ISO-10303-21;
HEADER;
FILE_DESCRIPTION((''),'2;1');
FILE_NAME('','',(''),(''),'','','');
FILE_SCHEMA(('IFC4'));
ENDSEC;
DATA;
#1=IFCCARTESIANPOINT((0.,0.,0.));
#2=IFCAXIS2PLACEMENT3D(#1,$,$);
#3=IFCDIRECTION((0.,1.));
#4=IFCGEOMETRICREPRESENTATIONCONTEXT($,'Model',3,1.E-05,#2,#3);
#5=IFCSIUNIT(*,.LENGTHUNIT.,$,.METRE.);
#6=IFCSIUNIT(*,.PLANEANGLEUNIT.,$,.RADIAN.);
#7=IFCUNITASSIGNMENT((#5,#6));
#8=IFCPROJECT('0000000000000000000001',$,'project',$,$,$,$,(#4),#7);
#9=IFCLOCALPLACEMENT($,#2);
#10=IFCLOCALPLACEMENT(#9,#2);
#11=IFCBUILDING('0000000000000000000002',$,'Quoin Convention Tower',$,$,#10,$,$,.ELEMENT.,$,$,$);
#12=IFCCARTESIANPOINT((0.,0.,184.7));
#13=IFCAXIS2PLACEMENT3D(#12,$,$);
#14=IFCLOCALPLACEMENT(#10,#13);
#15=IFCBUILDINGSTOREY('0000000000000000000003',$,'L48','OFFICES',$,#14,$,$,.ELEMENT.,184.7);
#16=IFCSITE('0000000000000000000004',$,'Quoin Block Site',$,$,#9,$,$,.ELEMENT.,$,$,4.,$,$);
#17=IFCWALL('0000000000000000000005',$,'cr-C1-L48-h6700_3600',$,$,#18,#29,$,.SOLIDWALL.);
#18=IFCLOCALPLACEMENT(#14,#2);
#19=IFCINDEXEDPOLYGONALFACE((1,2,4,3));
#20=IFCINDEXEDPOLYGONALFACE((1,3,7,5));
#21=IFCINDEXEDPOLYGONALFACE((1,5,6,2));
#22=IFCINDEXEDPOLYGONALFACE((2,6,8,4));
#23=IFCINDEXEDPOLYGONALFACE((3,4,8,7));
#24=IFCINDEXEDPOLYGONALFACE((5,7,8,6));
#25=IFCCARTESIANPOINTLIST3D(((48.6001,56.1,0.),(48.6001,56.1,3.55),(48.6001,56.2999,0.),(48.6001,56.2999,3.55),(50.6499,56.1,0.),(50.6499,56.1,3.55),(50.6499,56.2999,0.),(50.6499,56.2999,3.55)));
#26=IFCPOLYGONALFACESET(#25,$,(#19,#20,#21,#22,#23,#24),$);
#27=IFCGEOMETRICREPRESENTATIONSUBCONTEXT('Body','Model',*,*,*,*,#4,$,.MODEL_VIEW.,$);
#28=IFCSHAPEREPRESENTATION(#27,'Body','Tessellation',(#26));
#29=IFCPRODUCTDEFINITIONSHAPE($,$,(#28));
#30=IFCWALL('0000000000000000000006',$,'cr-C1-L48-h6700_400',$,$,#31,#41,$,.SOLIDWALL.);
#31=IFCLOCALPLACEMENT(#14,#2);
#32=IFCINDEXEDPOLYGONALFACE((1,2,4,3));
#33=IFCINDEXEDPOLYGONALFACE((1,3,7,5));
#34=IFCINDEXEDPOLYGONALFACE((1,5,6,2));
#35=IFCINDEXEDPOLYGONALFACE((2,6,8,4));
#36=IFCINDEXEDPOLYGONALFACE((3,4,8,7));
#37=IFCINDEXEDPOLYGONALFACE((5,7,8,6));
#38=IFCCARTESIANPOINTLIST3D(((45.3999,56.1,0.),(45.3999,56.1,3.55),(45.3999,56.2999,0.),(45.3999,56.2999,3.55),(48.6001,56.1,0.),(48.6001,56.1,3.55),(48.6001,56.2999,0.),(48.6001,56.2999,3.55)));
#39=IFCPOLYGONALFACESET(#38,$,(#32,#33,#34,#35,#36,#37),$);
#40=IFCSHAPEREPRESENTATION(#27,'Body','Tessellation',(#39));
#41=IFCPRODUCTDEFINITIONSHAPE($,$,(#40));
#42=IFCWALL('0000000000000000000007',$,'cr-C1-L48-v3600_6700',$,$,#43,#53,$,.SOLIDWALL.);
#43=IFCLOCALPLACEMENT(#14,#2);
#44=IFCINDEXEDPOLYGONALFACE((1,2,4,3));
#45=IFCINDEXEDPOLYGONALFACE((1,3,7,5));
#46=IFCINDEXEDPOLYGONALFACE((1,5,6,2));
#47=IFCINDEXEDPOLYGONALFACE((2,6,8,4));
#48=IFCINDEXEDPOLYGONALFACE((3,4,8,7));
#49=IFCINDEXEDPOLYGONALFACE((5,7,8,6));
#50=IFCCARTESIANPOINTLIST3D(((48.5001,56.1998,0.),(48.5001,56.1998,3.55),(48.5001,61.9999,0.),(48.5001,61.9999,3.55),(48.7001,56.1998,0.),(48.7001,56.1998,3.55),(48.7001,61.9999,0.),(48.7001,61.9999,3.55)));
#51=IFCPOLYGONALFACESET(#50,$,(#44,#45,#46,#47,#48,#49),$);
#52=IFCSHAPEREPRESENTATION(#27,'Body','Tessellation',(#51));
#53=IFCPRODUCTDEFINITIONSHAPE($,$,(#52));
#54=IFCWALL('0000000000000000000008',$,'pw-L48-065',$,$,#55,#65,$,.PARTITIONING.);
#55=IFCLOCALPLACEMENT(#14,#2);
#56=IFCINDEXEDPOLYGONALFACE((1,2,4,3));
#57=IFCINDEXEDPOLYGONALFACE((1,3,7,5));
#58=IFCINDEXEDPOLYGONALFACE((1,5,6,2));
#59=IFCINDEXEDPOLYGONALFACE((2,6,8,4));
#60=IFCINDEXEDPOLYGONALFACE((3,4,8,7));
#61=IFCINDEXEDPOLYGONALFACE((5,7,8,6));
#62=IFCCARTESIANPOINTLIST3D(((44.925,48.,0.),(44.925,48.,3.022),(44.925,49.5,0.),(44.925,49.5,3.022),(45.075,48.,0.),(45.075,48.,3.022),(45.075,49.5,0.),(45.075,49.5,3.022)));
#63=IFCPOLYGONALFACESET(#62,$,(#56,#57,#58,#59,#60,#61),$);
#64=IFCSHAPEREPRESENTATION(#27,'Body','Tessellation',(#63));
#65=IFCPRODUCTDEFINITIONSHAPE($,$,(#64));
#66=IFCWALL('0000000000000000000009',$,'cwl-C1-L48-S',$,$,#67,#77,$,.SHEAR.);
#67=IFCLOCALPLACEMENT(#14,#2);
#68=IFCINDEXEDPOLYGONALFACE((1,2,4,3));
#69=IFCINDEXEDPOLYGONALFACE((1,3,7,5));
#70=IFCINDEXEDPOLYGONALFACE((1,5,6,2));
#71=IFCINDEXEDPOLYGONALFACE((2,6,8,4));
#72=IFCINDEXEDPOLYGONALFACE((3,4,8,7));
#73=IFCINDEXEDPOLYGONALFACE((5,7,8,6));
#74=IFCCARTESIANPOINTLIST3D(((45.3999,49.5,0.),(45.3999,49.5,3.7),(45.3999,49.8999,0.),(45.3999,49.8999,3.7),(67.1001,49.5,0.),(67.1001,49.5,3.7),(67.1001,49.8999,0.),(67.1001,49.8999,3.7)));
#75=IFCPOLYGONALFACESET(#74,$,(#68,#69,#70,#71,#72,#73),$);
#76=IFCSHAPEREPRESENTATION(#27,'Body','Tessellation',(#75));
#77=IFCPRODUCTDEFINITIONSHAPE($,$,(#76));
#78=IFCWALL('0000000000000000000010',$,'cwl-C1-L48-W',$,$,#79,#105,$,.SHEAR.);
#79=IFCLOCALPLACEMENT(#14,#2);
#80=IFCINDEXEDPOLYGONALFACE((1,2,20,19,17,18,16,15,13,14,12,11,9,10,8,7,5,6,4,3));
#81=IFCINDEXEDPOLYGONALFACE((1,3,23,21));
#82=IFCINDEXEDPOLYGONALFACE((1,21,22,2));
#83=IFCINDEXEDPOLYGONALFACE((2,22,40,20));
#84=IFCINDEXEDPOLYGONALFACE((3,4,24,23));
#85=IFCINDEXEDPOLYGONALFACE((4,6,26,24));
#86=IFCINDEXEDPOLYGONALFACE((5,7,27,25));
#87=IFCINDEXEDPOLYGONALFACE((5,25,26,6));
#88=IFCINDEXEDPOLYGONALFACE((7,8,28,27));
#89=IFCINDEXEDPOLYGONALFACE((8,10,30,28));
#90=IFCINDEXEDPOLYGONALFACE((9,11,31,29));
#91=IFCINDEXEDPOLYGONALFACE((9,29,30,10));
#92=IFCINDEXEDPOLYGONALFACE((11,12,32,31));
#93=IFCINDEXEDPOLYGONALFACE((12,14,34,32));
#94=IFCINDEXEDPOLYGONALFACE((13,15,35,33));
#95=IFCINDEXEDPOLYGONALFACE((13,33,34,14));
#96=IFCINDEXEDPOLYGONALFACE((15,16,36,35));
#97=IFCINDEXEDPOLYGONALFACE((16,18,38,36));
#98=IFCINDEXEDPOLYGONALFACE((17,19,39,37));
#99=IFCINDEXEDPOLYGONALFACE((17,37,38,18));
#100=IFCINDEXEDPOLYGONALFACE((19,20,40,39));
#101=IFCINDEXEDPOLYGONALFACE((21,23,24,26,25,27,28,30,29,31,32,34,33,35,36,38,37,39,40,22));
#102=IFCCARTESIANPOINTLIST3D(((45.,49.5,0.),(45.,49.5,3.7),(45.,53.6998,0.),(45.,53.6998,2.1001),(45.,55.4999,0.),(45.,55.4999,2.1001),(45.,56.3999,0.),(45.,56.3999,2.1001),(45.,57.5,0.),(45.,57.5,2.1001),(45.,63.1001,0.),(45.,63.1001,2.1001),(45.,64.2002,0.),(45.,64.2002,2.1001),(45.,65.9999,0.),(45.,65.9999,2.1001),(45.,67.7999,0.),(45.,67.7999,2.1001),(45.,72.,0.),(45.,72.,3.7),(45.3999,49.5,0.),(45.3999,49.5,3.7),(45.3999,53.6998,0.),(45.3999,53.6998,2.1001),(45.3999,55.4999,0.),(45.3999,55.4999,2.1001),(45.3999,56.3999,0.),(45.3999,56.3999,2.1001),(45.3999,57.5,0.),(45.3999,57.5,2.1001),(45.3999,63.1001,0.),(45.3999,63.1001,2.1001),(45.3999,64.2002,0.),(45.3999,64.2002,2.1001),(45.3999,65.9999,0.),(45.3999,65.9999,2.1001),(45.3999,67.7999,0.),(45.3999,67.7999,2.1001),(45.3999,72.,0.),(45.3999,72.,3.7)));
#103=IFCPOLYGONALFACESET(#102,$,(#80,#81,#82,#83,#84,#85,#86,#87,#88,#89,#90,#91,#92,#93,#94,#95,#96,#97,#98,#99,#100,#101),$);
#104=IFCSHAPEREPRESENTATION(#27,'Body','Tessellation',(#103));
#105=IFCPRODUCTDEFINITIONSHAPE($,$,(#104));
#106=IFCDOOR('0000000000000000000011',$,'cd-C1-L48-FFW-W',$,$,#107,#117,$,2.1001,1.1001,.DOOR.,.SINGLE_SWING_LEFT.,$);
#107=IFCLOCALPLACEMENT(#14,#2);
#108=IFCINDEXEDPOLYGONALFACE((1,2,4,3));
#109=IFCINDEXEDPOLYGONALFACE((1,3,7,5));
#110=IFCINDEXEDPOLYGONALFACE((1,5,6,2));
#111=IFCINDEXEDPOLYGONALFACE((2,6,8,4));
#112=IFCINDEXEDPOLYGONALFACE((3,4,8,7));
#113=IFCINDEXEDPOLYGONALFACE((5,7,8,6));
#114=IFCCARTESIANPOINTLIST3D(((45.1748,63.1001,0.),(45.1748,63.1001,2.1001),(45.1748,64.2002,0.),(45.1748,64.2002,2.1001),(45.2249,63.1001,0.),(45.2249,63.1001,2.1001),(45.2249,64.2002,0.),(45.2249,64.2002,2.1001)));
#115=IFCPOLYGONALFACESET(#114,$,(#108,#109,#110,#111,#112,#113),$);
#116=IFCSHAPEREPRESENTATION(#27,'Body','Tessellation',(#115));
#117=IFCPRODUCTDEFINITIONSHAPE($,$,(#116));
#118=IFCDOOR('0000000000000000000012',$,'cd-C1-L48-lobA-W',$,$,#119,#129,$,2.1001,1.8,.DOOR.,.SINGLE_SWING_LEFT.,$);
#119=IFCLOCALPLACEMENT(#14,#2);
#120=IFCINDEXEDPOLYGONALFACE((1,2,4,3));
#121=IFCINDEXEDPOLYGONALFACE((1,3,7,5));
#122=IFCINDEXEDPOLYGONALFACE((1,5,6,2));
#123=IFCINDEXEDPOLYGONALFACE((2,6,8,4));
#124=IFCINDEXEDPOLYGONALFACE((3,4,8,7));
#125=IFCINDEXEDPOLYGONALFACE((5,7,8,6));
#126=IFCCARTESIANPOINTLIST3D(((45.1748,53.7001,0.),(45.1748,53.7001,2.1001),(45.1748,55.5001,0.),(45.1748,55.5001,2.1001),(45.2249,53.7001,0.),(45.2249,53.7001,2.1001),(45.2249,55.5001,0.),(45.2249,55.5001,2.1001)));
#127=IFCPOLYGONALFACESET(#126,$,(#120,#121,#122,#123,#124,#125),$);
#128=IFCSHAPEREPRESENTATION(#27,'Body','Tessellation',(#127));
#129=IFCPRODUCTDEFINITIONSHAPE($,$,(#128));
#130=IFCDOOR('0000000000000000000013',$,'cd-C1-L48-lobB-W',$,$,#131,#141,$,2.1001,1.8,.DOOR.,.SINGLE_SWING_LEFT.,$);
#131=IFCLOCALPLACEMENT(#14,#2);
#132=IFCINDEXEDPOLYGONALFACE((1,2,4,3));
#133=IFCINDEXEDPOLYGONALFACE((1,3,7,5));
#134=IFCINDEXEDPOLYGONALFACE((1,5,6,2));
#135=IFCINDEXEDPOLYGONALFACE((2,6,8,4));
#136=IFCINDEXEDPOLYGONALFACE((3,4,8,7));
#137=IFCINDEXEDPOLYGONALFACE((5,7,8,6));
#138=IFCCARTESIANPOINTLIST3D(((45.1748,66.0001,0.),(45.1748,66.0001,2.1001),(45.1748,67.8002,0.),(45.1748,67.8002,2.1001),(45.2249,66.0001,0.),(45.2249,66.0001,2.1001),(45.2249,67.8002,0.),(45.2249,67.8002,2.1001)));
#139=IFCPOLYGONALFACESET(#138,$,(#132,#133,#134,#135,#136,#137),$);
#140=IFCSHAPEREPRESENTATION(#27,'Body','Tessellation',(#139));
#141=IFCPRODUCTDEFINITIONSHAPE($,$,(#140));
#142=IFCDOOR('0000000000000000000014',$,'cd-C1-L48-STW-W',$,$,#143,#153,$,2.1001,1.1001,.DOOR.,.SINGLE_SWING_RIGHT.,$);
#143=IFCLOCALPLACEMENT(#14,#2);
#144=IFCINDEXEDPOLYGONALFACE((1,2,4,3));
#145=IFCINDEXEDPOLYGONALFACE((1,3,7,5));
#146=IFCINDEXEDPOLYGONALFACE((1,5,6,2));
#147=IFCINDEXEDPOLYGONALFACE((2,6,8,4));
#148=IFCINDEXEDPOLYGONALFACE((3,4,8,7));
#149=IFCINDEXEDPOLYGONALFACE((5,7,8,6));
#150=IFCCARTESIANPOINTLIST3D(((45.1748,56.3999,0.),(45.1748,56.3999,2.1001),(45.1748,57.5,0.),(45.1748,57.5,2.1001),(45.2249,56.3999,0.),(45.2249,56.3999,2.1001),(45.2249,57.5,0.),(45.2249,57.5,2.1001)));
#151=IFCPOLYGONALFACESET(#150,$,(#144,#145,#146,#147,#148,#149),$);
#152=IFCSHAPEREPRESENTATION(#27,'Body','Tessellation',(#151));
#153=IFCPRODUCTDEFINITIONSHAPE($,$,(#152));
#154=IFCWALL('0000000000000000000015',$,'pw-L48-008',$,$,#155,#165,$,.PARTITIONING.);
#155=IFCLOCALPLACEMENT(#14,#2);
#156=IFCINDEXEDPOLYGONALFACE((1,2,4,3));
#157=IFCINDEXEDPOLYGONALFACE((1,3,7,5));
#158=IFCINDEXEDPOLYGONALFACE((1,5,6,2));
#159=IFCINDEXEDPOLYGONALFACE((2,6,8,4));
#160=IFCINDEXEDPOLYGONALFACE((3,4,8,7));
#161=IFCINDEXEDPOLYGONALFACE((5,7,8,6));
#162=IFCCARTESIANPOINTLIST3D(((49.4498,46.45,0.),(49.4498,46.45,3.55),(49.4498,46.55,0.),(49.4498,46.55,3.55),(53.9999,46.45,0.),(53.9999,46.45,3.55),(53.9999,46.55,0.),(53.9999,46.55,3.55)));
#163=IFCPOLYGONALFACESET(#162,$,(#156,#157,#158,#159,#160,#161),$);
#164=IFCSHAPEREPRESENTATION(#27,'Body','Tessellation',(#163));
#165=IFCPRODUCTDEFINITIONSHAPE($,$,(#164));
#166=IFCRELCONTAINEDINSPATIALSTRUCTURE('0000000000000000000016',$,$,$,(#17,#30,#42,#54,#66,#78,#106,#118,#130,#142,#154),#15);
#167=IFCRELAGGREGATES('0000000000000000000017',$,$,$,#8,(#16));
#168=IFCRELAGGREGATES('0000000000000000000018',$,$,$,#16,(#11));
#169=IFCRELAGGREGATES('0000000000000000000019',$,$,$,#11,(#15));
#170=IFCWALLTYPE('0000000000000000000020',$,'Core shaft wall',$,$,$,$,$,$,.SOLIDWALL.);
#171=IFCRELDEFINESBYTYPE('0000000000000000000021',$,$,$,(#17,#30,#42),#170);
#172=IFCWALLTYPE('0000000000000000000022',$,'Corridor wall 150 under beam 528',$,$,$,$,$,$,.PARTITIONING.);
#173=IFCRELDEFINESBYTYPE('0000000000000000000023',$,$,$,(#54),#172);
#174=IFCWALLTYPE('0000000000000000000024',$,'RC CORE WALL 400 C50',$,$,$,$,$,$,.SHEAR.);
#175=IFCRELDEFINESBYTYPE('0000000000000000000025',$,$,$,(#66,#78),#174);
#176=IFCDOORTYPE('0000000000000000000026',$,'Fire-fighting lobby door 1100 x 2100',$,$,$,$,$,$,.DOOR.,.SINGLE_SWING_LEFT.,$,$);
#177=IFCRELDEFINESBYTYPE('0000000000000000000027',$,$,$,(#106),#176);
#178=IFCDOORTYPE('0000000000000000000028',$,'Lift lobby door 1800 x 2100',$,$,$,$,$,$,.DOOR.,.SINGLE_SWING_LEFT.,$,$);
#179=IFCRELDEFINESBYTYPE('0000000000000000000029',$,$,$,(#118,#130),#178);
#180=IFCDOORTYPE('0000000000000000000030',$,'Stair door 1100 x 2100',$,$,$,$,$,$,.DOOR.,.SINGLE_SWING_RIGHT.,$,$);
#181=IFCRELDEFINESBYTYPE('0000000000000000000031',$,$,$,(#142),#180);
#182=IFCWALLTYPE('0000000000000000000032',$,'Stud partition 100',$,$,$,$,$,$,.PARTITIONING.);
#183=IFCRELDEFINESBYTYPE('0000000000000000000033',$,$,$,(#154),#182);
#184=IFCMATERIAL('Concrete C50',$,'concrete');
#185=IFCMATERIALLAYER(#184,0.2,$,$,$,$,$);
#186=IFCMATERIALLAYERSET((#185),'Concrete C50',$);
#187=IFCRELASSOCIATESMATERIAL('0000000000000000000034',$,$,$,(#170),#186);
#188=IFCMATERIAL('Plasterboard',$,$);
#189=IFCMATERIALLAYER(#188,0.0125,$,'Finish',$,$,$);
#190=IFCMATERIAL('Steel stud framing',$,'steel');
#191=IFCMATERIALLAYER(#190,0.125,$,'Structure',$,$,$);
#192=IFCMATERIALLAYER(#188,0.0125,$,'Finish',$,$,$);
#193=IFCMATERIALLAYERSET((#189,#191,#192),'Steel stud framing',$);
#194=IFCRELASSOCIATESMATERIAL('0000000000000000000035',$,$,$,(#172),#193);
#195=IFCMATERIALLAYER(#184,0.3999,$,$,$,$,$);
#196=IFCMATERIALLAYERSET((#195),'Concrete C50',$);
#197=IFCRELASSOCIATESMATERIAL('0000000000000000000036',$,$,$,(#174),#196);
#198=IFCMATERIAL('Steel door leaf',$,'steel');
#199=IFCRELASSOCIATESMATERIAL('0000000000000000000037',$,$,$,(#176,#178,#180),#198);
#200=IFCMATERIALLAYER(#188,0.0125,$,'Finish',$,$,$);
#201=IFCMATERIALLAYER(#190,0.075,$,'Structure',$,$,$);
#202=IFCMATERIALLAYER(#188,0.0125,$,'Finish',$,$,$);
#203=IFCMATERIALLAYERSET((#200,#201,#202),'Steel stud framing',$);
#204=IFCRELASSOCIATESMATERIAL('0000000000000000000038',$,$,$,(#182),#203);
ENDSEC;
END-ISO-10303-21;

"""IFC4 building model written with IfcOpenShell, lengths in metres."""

from ifc_helpers import new_model, si_unit, direction, frame, frame_2d, origin, place, context, subcontext, project, spatial, rectangle, extrude, material, layer, layer_set, type_object, element, fill, save


model = new_model("IFC4")

# Units and contexts
model_context = context("Model", 3, precision=1e-05, world=origin(), true_north=direction((0.0, 1.0)))
body_context = subcontext(model_context, "Body", "Model", "MODEL_VIEW")
ifc_project = project(units=[si_unit("LENGTHUNIT", "METRE"), si_unit("PLANEANGLEUNIT", "RADIAN")], contexts=[model_context])

# Site, building, storey
site_placement = place(None, origin())
site = spatial("IfcSite", under=ifc_project, at=site_placement, Name="Quoin Block Site", CompositionType="ELEMENT", RefElevation=4.0)
building_placement = place(site_placement, origin())
building = spatial("IfcBuilding", under=site, at=building_placement, Name="Quoin Convention Tower", CompositionType="ELEMENT")
storey_placement = place(building_placement, frame((0.0, 0.0, 184.7)))
storey = spatial("IfcBuildingStorey", under=building, at=storey_placement, Name="L48", Description="OFFICES", CompositionType="ELEMENT", Elevation=184.7)

# Shared definitions
ifc_material_1 = material(Name="Plasterboard")
ifc_material_2 = material(Name="Steel stud framing", Category="steel")
ifc_material_3 = material(Name="Steel door leaf", Category="steel")

# Walls
ifc_material_4 = material(Name="Concrete C50", Category="concrete")
ifc_layer_1 = layer(ifc_material_4, 0.2)
ifc_layer_set_1 = layer_set([ifc_layer_1], Name="Concrete C50")
wall_type_1 = type_object("IfcWallType", Name="Core shaft wall", PredefinedType="SOLIDWALL", material=ifc_layer_set_1)
wall_1_placement = place(storey_placement, frame((48.6001, 56.2, 0.0), z_axis=(0.0, 0.0, 1.0), x_axis=(1.0, 0.0, 0.0)))
element("IfcWall", 1, at=wall_1_placement, inside=storey, type_object=wall_type_1, Name="cr-C1-L48-h6700_3600", PredefinedType="SOLIDWALL", context=body_context, shape_type="SweptSolid", body=[
    extrude(rectangle(XDim=2.0498, YDim=0.2, at=frame_2d((1.0249, 0.0))), origin(), (0.0, 0.0, 1.0), 3.55),
])
wall_2_placement = place(storey_placement, frame((45.3999, 56.2, 0.0), z_axis=(0.0, 0.0, 1.0), x_axis=(1.0, 0.0, 0.0)))
element("IfcWall", 2, at=wall_2_placement, inside=storey, type_object=wall_type_1, Name="cr-C1-L48-h6700_400", PredefinedType="SOLIDWALL", context=body_context, shape_type="SweptSolid", body=[
    extrude(rectangle(XDim=3.2002, YDim=0.2, at=frame_2d((1.6001, 0.0))), origin(), (0.0, 0.0, 1.0), 3.55),
])
wall_3_placement = place(storey_placement, frame((48.6001, 56.2, 0.0), z_axis=(0.0, 0.0, 1.0), x_axis=(0.0, 1.0, 0.0)))
element("IfcWall", 3, at=wall_3_placement, inside=storey, type_object=wall_type_1, Name="cr-C1-L48-v3600_6700", PredefinedType="SOLIDWALL", context=body_context, shape_type="SweptSolid", body=[
    extrude(rectangle(XDim=5.8, YDim=0.2, at=frame_2d((2.8999, 0.0))), origin(), (0.0, 0.0, 1.0), 3.55),
])
ifc_layer_2 = layer(ifc_material_1, 0.0125, Name="Finish")
ifc_layer_3 = layer(ifc_material_2, 0.125, Name="Structure")
ifc_layer_4 = layer(ifc_material_1, 0.0125, Name="Finish")
ifc_layer_set_2 = layer_set([ifc_layer_2, ifc_layer_3, ifc_layer_4], Name="Steel stud framing")
wall_type_2 = type_object("IfcWallType", Name="Corridor wall 150 under beam 528", PredefinedType="PARTITIONING", material=ifc_layer_set_2)
wall_4_placement = place(storey_placement, frame((45.0, 48.0, 0.0), z_axis=(0.0, 0.0, 1.0), x_axis=(0.0, 1.0, 0.0)))
element("IfcWall", 4, at=wall_4_placement, inside=storey, type_object=wall_type_2, Name="pw-L48-065", PredefinedType="PARTITIONING", context=body_context, shape_type="SweptSolid", body=[
    extrude(rectangle(XDim=1.5, YDim=0.1499, at=frame_2d((0.75, 0.0))), origin(), (0.0, 0.0, 1.0), 3.022),
])
ifc_layer_5 = layer(ifc_material_4, 0.3999)
ifc_layer_set_3 = layer_set([ifc_layer_5], Name="Concrete C50")
wall_type_3 = type_object("IfcWallType", Name="RC CORE WALL 400 C50", PredefinedType="SHEAR", material=ifc_layer_set_3)
wall_5_placement = place(storey_placement, frame((45.3999, 49.7, 0.0), z_axis=(0.0, 0.0, 1.0), x_axis=(1.0, 0.0, 0.0)))
element("IfcWall", 5, at=wall_5_placement, inside=storey, type_object=wall_type_3, Name="cwl-C1-L48-S", PredefinedType="SHEAR", context=body_context, shape_type="SweptSolid", body=[
    extrude(rectangle(XDim=21.7002, YDim=0.3999, at=frame_2d((10.8501, 0.0))), origin(), (0.0, 0.0, 1.0), 3.7),
])

# Wall, openings, doors
wall_6_placement = place(storey_placement, frame((45.2, 49.5, 0.0), z_axis=(0.0, 0.0, 1.0), x_axis=(0.0, 1.0, 0.0)))
wall_6 = element("IfcWall", 6, at=wall_6_placement, inside=storey, type_object=wall_type_3, Name="cwl-C1-L48-W", PredefinedType="SHEAR", context=body_context, shape_type="SweptSolid", body=[
    extrude(rectangle(XDim=22.5, YDim=0.3999, at=frame_2d((11.25, 0.0))), origin(), (0.0, 0.0, 1.0), 3.7),
])
opening_1_placement = place(wall_6_placement, frame((4.2, 0.0, 0.0)))
opening_1 = element("IfcOpeningElement", 7, at=opening_1_placement, cuts=wall_6, PredefinedType="OPENING", context=body_context, shape_type="SweptSolid", body=[
    extrude(rectangle(XDim=1.8, YDim=2.1001, at=frame_2d((0.8999, 1.05))), frame((0.0, 0.21, 0.0), z_axis=(0.0, -1.0, 0.0), x_axis=(1.0, 0.0, 0.0)), (0.0, 0.0, 1.0), 0.4199),
])
opening_2_placement = place(wall_6_placement, frame((6.8999, 0.0, 0.0)))
opening_2 = element("IfcOpeningElement", 8, at=opening_2_placement, cuts=wall_6, PredefinedType="OPENING", context=body_context, shape_type="SweptSolid", body=[
    extrude(rectangle(XDim=1.1001, YDim=2.1001, at=frame_2d((0.55, 1.05))), frame((0.0, 0.21, 0.0), z_axis=(0.0, -1.0, 0.0), x_axis=(1.0, 0.0, 0.0)), (0.0, 0.0, 1.0), 0.4199),
])
opening_3_placement = place(wall_6_placement, frame((13.6001, 0.0, 0.0)))
opening_3 = element("IfcOpeningElement", 9, at=opening_3_placement, cuts=wall_6, PredefinedType="OPENING", context=body_context, shape_type="SweptSolid", body=[
    extrude(rectangle(XDim=1.1001, YDim=2.1001, at=frame_2d((0.55, 1.05))), frame((0.0, 0.21, 0.0), z_axis=(0.0, -1.0, 0.0), x_axis=(1.0, 0.0, 0.0)), (0.0, 0.0, 1.0), 0.4199),
])
opening_4_placement = place(wall_6_placement, frame((16.5, 0.0, 0.0)))
opening_4 = element("IfcOpeningElement", 10, at=opening_4_placement, cuts=wall_6, PredefinedType="OPENING", context=body_context, shape_type="SweptSolid", body=[
    extrude(rectangle(XDim=1.8, YDim=2.1001, at=frame_2d((0.8999, 1.05))), frame((0.0, 0.21, 0.0), z_axis=(0.0, -1.0, 0.0), x_axis=(1.0, 0.0, 0.0)), (0.0, 0.0, 1.0), 0.4199),
])
door_type_1 = type_object("IfcDoorType", Name="Fire-fighting lobby door 1100 x 2100", OperationType="SINGLE_SWING_LEFT", PredefinedType="DOOR", material=ifc_material_3)
door_1_placement = place(opening_3_placement, frame((1.1001, 0.0, 0.0), z_axis=(0.0, 0.0, 1.0), x_axis=(-1.0, 0.0, 0.0)))
door_1 = element("IfcDoor", 11, at=door_1_placement, inside=storey, type_object=door_type_1, Name="cd-C1-L48-FFW-W", OperationType="SINGLE_SWING_LEFT", OverallHeight=2.1001, OverallWidth=1.1001, PredefinedType="DOOR", context=body_context, shape_type="SweptSolid", body=[
    extrude(rectangle(XDim=1.1001, YDim=2.1001, at=frame_2d((0.55, 1.05))), frame((0.0, 0.0249, 0.0), z_axis=(0.0, -1.0, 0.0), x_axis=(1.0, 0.0, 0.0)), (0.0, 0.0, 1.0), 0.05),
])
fill(opening_3, door_1)
door_type_2 = type_object("IfcDoorType", Name="Lift lobby door 1800 x 2100", OperationType="SINGLE_SWING_LEFT", PredefinedType="DOOR", material=ifc_material_3)
door_2_placement = place(opening_1_placement, frame((1.8, 0.0, 0.0), z_axis=(0.0, 0.0, 1.0), x_axis=(-1.0, 0.0, 0.0)))
door_2 = element("IfcDoor", 12, at=door_2_placement, inside=storey, type_object=door_type_2, Name="cd-C1-L48-lobA-W", OperationType="SINGLE_SWING_LEFT", OverallHeight=2.1001, OverallWidth=1.8, PredefinedType="DOOR", context=body_context, shape_type="SweptSolid", body=[
    extrude(rectangle(XDim=1.8, YDim=2.1001, at=frame_2d((0.8999, 1.05))), frame((0.0, 0.0249, 0.0), z_axis=(0.0, -1.0, 0.0), x_axis=(1.0, 0.0, 0.0)), (0.0, 0.0, 1.0), 0.05),
])
fill(opening_1, door_2)
door_3_placement = place(opening_4_placement, frame((1.8, 0.0, 0.0), z_axis=(0.0, 0.0, 1.0), x_axis=(-1.0, 0.0, 0.0)))
door_3 = element("IfcDoor", 13, at=door_3_placement, inside=storey, type_object=door_type_2, Name="cd-C1-L48-lobB-W", OperationType="SINGLE_SWING_LEFT", OverallHeight=2.1001, OverallWidth=1.8, PredefinedType="DOOR", context=body_context, shape_type="SweptSolid", body=[
    extrude(rectangle(XDim=1.8, YDim=2.1001, at=frame_2d((0.8999, 1.05))), frame((0.0, 0.0249, 0.0), z_axis=(0.0, -1.0, 0.0), x_axis=(1.0, 0.0, 0.0)), (0.0, 0.0, 1.0), 0.05),
])
fill(opening_4, door_3)
door_type_3 = type_object("IfcDoorType", Name="Stair door 1100 x 2100", OperationType="SINGLE_SWING_RIGHT", PredefinedType="DOOR", material=ifc_material_3)
door_4_placement = place(opening_2_placement, frame((1.1001, 0.0, 0.0), z_axis=(0.0, 0.0, 1.0), x_axis=(-1.0, 0.0, 0.0)))
door_4 = element("IfcDoor", 14, at=door_4_placement, inside=storey, type_object=door_type_3, Name="cd-C1-L48-STW-W", OperationType="SINGLE_SWING_RIGHT", OverallHeight=2.1001, OverallWidth=1.1001, PredefinedType="DOOR", context=body_context, shape_type="SweptSolid", body=[
    extrude(rectangle(XDim=1.1001, YDim=2.1001, at=frame_2d((0.55, 1.05))), frame((0.0, 0.0249, 0.0), z_axis=(0.0, -1.0, 0.0), x_axis=(1.0, 0.0, 0.0)), (0.0, 0.0, 1.0), 0.05),
])
fill(opening_2, door_4)

# Wall
ifc_layer_6 = layer(ifc_material_1, 0.0125, Name="Finish")
ifc_layer_7 = layer(ifc_material_2, 0.075, Name="Structure")
ifc_layer_8 = layer(ifc_material_1, 0.0125, Name="Finish")
ifc_layer_set_4 = layer_set([ifc_layer_6, ifc_layer_7, ifc_layer_8], Name="Steel stud framing")
wall_type_4 = type_object("IfcWallType", Name="Stud partition 100", PredefinedType="PARTITIONING", material=ifc_layer_set_4)
wall_7_placement = place(storey_placement, frame((49.45, 46.5, 0.0), z_axis=(0.0, 0.0, 1.0), x_axis=(1.0, 0.0, 0.0)))
element("IfcWall", 15, at=wall_7_placement, inside=storey, type_object=wall_type_4, Name="pw-L48-008", PredefinedType="PARTITIONING", context=body_context, shape_type="SweptSolid", body=[
    extrude(rectangle(XDim=4.55, YDim=0.1001, at=frame_2d((2.2749, 0.0))), origin(), (0.0, 0.0, 1.0), 3.55),
])

save(model, "model.ifc")
